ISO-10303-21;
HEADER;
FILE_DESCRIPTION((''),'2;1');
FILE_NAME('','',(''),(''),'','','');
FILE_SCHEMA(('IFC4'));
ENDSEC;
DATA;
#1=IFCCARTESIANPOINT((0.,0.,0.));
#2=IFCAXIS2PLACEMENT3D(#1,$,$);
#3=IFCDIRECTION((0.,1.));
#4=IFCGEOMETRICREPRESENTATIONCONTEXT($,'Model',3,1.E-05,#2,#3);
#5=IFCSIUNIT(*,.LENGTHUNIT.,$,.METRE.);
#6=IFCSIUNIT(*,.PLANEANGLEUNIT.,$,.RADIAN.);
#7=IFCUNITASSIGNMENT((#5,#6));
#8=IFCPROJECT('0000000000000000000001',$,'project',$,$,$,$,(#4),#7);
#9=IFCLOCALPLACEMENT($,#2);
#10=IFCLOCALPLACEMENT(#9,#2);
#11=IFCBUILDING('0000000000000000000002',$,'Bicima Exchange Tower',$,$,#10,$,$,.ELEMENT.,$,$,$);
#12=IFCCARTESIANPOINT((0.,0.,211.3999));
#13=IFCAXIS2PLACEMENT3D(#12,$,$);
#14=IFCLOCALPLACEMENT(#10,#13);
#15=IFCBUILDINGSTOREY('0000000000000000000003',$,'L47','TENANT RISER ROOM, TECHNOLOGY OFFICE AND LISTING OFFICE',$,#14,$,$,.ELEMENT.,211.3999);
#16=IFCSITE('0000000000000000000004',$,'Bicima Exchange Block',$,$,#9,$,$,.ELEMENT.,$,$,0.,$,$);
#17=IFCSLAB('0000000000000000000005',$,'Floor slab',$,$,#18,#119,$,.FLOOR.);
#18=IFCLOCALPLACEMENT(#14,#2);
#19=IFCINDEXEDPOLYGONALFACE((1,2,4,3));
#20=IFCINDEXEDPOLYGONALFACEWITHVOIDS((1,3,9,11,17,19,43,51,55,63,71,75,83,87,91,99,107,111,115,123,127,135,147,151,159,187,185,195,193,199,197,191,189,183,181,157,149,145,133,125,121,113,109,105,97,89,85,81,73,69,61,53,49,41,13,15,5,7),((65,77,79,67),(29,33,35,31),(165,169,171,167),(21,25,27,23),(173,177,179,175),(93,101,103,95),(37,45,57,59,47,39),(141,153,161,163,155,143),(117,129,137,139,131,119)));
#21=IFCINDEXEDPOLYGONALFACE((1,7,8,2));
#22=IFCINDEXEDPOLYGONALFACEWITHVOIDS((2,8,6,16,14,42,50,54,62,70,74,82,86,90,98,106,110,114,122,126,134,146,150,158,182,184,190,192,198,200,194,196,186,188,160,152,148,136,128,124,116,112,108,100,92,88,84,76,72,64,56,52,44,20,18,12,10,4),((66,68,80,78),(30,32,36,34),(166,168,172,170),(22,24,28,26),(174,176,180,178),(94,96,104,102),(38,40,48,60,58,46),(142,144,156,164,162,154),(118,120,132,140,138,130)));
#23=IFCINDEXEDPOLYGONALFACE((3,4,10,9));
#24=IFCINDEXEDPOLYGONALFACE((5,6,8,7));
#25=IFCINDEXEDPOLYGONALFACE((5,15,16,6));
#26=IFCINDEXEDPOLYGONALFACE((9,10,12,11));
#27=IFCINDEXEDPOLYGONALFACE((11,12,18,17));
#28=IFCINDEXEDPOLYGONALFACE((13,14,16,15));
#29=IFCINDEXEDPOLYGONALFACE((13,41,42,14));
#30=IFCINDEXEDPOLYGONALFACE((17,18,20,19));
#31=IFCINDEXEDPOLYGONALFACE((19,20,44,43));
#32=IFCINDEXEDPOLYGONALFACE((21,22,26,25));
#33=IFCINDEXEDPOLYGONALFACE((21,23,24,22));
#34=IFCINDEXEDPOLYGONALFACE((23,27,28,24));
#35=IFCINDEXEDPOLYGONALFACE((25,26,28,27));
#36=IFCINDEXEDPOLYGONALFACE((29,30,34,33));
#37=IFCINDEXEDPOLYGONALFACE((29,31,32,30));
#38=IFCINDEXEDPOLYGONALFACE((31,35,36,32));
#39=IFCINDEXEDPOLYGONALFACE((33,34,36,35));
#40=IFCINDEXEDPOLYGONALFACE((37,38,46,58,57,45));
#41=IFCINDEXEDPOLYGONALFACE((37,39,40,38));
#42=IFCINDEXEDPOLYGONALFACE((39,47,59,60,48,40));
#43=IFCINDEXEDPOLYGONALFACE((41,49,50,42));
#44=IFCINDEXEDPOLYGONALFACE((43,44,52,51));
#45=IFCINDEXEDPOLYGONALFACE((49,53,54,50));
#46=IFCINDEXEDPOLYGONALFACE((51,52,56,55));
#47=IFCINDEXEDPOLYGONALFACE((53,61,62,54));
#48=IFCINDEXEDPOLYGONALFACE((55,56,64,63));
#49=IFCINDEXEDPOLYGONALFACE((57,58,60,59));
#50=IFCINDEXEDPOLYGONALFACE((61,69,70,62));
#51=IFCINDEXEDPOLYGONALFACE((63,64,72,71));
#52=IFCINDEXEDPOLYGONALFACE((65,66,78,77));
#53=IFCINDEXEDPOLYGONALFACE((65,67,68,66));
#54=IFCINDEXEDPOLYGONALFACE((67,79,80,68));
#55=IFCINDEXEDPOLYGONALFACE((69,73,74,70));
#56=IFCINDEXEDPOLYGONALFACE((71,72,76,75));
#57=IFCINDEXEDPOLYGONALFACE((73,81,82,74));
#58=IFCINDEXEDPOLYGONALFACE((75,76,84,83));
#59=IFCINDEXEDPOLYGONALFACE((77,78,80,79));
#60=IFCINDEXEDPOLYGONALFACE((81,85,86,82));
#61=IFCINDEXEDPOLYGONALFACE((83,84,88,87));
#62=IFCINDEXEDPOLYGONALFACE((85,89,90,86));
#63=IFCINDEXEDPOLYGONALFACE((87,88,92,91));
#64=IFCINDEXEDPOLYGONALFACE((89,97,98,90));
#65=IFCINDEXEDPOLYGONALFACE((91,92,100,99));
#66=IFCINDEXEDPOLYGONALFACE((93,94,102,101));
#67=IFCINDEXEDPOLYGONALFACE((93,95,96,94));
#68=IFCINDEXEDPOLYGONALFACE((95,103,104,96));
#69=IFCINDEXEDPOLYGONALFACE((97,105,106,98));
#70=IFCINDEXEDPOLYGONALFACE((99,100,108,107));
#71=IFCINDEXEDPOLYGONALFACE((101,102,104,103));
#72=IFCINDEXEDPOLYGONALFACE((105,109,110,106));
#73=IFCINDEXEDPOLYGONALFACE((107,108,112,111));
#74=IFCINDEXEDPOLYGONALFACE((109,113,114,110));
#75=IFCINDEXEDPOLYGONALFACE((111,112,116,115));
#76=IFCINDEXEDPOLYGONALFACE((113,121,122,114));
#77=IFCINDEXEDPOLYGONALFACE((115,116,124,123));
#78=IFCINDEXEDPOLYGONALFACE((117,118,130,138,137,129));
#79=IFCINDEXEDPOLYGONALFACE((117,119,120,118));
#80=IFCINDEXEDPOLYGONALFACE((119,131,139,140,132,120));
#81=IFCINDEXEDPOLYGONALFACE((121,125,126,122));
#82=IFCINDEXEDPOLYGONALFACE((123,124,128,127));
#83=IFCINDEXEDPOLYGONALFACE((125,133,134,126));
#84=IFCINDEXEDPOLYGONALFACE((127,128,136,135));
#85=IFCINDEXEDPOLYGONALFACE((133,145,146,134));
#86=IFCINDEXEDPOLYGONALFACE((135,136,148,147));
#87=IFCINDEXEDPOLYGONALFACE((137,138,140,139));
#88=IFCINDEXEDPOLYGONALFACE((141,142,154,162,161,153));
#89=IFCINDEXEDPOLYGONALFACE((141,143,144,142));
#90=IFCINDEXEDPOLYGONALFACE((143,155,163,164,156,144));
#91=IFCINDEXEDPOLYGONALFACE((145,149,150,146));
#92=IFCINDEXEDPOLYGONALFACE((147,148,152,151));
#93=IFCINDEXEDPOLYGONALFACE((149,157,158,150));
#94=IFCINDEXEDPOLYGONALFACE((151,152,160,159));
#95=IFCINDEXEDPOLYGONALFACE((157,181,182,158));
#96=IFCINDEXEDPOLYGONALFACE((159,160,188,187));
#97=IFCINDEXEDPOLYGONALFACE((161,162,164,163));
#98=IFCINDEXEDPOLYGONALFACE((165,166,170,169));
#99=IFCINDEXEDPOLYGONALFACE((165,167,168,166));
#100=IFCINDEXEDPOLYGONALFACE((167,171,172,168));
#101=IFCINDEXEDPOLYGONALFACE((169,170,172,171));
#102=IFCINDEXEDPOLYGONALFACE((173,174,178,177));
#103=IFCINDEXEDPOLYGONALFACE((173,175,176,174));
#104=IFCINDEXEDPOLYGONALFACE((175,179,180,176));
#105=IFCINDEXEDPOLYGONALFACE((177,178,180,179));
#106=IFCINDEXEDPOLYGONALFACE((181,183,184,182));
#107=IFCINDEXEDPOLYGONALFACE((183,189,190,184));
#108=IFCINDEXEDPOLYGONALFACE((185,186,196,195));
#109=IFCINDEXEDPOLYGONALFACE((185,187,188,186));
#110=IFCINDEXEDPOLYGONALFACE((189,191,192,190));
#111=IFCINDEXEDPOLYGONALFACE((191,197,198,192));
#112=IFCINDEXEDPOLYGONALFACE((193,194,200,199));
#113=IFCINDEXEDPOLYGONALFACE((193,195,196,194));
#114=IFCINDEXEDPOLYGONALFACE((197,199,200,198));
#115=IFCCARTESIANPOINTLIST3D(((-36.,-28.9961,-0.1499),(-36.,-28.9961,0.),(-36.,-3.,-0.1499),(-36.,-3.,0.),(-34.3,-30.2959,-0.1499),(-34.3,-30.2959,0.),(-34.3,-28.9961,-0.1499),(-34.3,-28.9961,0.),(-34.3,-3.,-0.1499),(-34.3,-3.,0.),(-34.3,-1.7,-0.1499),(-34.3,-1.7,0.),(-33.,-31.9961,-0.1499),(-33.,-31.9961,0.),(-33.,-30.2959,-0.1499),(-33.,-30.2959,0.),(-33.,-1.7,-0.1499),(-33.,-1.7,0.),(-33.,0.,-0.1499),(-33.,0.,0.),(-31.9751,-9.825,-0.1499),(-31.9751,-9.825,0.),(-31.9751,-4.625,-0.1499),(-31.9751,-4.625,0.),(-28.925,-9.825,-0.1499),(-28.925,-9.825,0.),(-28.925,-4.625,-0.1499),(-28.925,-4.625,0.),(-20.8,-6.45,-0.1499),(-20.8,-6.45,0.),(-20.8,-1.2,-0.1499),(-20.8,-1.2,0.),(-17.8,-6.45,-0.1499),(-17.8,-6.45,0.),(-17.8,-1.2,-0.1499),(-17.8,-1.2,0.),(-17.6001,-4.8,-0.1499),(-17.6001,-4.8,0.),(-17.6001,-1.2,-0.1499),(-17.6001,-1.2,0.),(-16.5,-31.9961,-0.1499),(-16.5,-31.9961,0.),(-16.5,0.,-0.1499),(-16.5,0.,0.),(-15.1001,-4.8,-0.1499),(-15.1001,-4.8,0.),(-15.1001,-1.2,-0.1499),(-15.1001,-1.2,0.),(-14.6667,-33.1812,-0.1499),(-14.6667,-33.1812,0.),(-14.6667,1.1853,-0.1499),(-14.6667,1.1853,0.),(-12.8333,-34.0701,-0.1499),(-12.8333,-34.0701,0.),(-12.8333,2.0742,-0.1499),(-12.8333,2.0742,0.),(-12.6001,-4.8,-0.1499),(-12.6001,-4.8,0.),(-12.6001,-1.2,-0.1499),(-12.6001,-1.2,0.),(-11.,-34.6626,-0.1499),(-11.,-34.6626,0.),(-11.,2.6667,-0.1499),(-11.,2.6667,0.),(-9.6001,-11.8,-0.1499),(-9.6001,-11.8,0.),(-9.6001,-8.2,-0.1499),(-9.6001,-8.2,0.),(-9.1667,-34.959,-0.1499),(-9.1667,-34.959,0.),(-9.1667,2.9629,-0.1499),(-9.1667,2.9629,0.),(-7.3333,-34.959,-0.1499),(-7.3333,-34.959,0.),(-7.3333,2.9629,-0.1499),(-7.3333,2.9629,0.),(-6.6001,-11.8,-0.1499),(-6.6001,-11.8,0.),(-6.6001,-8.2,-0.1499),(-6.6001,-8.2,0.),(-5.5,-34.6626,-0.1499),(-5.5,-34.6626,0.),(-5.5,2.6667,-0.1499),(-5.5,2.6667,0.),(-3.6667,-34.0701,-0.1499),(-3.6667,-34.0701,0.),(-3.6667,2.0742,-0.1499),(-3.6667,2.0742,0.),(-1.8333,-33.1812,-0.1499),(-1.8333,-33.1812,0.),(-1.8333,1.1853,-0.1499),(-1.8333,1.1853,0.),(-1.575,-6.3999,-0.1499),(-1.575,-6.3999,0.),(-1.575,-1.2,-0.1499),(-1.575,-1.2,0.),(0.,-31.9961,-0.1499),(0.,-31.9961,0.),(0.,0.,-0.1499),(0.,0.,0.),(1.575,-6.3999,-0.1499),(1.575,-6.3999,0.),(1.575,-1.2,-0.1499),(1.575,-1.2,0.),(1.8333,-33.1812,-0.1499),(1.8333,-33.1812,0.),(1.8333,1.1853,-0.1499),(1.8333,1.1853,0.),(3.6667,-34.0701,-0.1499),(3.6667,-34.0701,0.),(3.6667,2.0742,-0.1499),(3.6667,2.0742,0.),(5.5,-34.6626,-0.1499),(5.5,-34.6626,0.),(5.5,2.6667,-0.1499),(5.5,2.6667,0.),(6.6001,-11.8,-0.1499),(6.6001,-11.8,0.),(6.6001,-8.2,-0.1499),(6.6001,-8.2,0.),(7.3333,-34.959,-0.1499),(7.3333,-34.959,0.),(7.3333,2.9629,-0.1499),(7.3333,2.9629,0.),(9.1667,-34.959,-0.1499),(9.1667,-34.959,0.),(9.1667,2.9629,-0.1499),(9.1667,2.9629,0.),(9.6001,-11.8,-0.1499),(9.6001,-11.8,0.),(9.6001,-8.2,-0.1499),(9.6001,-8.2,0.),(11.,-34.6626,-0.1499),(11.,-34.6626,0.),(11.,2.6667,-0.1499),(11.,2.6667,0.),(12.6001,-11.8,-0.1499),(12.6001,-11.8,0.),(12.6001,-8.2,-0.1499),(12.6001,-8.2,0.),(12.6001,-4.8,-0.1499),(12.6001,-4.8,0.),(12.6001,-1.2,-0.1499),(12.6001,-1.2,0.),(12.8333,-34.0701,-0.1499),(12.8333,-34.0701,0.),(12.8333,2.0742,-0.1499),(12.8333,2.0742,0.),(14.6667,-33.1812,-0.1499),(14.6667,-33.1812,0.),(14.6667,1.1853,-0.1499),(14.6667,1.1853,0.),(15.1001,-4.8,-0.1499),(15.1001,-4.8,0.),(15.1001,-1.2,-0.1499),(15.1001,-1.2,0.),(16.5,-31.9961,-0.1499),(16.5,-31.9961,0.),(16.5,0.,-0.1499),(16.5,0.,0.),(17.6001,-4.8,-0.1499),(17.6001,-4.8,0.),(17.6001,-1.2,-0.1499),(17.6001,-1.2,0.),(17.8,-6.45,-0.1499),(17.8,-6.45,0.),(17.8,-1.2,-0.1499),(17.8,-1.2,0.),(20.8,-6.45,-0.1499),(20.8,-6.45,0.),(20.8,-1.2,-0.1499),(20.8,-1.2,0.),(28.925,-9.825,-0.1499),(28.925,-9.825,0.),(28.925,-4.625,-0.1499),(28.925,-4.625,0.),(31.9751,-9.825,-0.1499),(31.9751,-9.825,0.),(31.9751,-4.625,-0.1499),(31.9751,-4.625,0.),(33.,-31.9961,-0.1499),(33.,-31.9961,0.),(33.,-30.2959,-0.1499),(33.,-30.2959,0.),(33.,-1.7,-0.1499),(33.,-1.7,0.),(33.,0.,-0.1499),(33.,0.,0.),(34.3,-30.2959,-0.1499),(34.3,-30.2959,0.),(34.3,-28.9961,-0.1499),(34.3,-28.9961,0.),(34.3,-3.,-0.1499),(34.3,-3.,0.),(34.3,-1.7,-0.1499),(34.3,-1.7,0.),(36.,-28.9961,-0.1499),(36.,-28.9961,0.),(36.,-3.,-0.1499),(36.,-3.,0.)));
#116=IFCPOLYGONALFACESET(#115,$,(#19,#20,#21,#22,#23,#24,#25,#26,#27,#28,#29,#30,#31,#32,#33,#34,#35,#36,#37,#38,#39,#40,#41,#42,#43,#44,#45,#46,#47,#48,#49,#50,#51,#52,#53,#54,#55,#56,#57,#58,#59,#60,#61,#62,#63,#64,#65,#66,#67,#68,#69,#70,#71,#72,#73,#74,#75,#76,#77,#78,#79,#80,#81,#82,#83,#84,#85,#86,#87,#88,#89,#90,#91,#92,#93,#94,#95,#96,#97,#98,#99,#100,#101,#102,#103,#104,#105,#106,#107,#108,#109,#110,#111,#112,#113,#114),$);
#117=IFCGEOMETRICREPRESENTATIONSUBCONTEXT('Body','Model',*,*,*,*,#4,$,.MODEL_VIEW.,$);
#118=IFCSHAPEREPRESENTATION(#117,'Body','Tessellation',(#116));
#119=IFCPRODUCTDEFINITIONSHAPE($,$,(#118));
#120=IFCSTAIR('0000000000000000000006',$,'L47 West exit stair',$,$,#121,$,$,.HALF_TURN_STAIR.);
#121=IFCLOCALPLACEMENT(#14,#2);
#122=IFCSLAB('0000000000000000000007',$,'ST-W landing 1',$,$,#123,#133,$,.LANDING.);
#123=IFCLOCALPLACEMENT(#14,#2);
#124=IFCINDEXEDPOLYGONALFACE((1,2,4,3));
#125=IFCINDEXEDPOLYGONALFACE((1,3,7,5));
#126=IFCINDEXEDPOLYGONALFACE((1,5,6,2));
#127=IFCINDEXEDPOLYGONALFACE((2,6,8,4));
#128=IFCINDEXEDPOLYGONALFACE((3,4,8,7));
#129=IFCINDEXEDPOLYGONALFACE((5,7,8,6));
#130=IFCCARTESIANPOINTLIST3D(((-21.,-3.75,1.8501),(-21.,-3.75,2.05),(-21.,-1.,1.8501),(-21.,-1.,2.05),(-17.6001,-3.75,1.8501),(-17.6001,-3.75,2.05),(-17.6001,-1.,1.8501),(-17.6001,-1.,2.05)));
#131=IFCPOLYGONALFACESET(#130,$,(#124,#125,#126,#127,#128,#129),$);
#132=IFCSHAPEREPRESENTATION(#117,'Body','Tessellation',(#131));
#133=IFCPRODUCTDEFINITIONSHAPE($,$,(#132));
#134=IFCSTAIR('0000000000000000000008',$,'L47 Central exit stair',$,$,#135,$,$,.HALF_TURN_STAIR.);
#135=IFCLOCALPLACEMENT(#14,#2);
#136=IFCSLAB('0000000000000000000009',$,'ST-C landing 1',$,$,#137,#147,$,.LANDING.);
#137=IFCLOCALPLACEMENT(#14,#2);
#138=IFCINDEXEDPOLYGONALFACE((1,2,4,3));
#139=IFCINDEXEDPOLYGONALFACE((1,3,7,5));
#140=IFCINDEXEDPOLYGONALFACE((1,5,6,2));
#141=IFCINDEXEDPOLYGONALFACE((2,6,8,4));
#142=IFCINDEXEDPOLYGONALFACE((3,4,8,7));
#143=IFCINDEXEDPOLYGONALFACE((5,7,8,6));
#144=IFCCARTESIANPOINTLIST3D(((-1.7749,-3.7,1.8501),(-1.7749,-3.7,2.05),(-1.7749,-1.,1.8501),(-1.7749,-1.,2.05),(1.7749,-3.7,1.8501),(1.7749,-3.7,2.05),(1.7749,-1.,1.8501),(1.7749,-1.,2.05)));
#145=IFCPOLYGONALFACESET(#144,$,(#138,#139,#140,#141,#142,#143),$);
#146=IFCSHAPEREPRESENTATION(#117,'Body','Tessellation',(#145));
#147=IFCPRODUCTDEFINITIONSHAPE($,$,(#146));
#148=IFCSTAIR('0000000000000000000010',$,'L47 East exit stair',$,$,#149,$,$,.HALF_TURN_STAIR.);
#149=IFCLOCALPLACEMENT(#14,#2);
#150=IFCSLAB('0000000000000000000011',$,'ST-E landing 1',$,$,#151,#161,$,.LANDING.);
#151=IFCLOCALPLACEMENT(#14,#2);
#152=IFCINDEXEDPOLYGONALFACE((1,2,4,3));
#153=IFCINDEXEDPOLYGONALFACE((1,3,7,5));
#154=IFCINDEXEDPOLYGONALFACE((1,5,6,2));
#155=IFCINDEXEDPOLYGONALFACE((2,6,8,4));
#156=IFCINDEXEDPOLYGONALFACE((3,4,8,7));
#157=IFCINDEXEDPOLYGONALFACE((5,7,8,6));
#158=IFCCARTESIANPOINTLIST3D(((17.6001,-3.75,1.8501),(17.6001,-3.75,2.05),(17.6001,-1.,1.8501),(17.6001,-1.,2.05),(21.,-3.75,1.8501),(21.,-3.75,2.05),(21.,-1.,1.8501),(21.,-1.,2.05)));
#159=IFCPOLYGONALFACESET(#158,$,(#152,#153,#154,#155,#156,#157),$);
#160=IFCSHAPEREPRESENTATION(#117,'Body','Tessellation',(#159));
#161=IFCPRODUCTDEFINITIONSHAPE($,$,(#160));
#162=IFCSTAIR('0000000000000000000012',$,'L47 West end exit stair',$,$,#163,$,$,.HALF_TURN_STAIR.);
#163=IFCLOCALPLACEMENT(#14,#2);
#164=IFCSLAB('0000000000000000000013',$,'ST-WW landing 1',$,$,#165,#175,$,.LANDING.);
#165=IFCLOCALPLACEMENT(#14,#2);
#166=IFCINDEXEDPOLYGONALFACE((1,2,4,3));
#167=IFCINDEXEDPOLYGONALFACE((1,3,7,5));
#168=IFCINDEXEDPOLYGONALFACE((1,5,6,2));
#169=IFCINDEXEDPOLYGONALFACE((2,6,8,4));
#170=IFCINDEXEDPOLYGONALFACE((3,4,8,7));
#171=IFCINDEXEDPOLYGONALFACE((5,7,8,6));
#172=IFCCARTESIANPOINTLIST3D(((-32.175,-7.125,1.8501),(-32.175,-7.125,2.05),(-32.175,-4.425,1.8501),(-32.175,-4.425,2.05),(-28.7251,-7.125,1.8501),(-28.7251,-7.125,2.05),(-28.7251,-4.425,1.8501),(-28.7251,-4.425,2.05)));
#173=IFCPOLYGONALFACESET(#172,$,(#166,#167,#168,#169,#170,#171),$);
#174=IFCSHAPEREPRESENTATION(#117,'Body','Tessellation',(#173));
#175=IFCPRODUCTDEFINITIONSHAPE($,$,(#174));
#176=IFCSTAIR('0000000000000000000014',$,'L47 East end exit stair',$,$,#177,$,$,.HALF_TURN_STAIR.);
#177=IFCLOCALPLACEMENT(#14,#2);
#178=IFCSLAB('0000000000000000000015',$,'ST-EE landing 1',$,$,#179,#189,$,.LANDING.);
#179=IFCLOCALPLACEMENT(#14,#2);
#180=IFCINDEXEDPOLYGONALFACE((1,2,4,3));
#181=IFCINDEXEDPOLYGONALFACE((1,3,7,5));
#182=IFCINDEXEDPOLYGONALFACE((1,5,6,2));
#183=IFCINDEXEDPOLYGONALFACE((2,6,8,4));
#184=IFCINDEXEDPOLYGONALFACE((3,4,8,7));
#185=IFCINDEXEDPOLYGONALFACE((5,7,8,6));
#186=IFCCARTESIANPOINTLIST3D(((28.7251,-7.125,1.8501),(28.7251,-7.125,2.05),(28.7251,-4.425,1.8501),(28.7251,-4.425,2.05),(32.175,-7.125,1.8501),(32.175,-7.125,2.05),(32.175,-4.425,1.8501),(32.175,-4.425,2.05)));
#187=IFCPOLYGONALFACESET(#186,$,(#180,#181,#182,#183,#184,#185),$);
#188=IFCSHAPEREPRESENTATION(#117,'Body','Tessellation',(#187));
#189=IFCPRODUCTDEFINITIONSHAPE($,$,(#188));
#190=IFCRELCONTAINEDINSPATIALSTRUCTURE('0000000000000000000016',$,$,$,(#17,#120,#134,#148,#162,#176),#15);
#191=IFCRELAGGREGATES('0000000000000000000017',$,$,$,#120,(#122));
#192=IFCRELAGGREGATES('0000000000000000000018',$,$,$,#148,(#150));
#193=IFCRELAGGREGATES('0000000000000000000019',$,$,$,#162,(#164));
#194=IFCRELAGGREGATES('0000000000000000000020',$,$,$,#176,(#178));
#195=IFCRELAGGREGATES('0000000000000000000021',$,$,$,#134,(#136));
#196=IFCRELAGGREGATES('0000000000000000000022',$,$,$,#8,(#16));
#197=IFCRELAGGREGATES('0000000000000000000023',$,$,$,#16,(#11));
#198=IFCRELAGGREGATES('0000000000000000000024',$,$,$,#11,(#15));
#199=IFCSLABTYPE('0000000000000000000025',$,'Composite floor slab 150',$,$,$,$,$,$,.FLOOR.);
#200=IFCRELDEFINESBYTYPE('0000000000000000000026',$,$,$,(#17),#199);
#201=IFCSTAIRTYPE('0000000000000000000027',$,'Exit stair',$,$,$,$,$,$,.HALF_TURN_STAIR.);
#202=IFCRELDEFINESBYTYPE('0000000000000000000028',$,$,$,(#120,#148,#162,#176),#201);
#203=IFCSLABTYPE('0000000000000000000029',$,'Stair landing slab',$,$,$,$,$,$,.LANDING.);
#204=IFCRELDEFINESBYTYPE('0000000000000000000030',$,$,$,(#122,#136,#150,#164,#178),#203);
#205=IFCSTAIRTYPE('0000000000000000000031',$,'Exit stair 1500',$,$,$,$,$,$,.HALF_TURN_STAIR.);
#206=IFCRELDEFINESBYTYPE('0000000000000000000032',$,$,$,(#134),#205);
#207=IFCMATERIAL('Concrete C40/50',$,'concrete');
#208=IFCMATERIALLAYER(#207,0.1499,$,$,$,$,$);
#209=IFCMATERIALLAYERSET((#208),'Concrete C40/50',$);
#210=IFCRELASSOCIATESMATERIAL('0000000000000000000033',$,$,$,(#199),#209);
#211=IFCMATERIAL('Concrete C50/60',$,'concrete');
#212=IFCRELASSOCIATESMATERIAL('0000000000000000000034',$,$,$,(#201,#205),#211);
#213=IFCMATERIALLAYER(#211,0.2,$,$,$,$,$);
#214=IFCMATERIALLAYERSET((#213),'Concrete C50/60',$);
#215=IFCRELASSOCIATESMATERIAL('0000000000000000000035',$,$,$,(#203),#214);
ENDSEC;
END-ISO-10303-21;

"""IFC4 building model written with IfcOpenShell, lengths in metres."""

from ifc_helpers import new_model, si_unit, direction, frame, origin, place, context, subcontext, project, spatial, polyline, outline, extrude, material, layer, layer_set, type_object, element, aggregate, save


model = new_model("IFC4")

# Units and contexts
model_context = context("Model", 3, precision=1e-05, world=origin(), true_north=direction((0.0, 1.0)))
body_context = subcontext(model_context, "Body", "Model", "MODEL_VIEW")
ifc_project = project(units=[si_unit("LENGTHUNIT", "METRE"), si_unit("PLANEANGLEUNIT", "RADIAN")], contexts=[model_context])

# Site, building, storey
site_placement = place(None, origin())
site = spatial("IfcSite", under=ifc_project, at=site_placement, Name="Bicima Exchange Block", CompositionType="ELEMENT", RefElevation=0.0)
building_placement = place(site_placement, origin())
building = spatial("IfcBuilding", under=site, at=building_placement, Name="Bicima Exchange Tower", CompositionType="ELEMENT")
storey_placement = place(building_placement, frame((0.0, 0.0, 211.3999)))
storey = spatial("IfcBuildingStorey", under=building, at=storey_placement, Name="L47", Description="TENANT RISER ROOM, TECHNOLOGY OFFICE AND LISTING OFFICE", CompositionType="ELEMENT", Elevation=211.3999)

# Slab
ifc_material_1 = material(Name="Concrete C40/50", Category="concrete")
ifc_layer_1 = layer(ifc_material_1, 0.1499)
ifc_layer_set_1 = layer_set([ifc_layer_1], Name="Concrete C40/50")
slab_type_1 = type_object("IfcSlabType", Name="Composite floor slab 150", PredefinedType="FLOOR", material=ifc_layer_set_1)
slab_1_placement = place(storey_placement, frame((0.0, 0.0, -0.1499)))
element("IfcSlab", 1, at=slab_1_placement, inside=storey, type_object=slab_type_1, Name="Floor slab", PredefinedType="FLOOR", context=body_context, shape_type="SweptSolid", body=[
    extrude(outline(polyline([(-36.0, -28.9961), (-36.0, -3.0), (-34.3, -3.0), (-34.3, -1.7), (-33.0, -1.7), (-33.0, 0.0), (-16.5, 0.0), (-14.6667, 1.1853), (-12.8333, 2.0742), (-11.0, 2.6667), (-9.1667, 2.9629), (-7.3333, 2.9629), (-5.5, 2.6667), (-3.6667, 2.0742), (-1.8333, 1.1853), (0.0, 0.0), (1.8333, 1.1853), (3.6667, 2.0742), (5.5, 2.6667), (7.3333, 2.9629), (9.1667, 2.9629), (11.0, 2.6667), (12.8333, 2.0742), (14.6667, 1.1853), (16.5, 0.0), (33.0, 0.0), (33.0, -1.7), (34.3, -1.7), (34.3, -3.0), (36.0, -3.0), (36.0, -28.9961), (34.3, -28.9961), (34.3, -30.2959), (33.0, -30.2959), (33.0, -31.9961), (16.5, -31.9961), (14.6667, -33.1812), (12.8333, -34.0701), (11.0, -34.6626), (9.1667, -34.959), (7.3333, -34.959), (5.5, -34.6626), (3.6667, -34.0701), (1.8333, -33.1812), (0.0, -31.9961), (-1.8333, -33.1812), (-3.6667, -34.0701), (-5.5, -34.6626), (-7.3333, -34.959), (-9.1667, -34.959), (-11.0, -34.6626), (-12.8333, -34.0701), (-14.6667, -33.1812), (-16.5, -31.9961), (-33.0, -31.9961), (-33.0, -30.2959), (-34.3, -30.2959), (-34.3, -28.9961), (-36.0, -28.9961)]), holes=[polyline([(-6.6001, -11.8), (-6.6001, -8.2), (-9.6001, -8.2), (-9.6001, -11.8), (-6.6001, -11.8)]), polyline([(-31.9751, -9.825), (-28.925, -9.825), (-28.925, -4.625), (-31.9751, -4.625), (-31.9751, -9.825)]), polyline([(-20.8, -6.45), (-17.8, -6.45), (-17.8, -1.2), (-20.8, -1.2), (-20.8, -6.45)]), polyline([(1.575, -6.3999), (1.575, -1.2), (-1.575, -1.2), (-1.575, -6.3999), (1.575, -6.3999)]), polyline([(-12.6001, -4.8), (-12.6001, -1.2), (-15.1001, -1.2), (-17.6001, -1.2), (-17.6001, -4.8), (-15.1001, -4.8), (-12.6001, -4.8)]), polyline([(12.6001, -8.2), (9.6001, -8.2), (6.6001, -8.2), (6.6001, -11.8), (9.6001, -11.8), (12.6001, -11.8), (12.6001, -8.2)]), polyline([(28.925, -9.825), (31.9751, -9.825), (31.9751, -4.625), (28.925, -4.625), (28.925, -9.825)]), polyline([(20.8, -6.45), (20.8, -1.2), (17.8, -1.2), (17.8, -6.45), (20.8, -6.45)]), polyline([(17.6001, -4.8), (17.6001, -1.2), (15.1001, -1.2), (12.6001, -1.2), (12.6001, -4.8), (15.1001, -4.8), (17.6001, -4.8)])]), origin(), (0.0, 0.0, 1.0), 0.1499),
])

# Stairs, slabs
ifc_material_2 = material(Name="Concrete C50/60", Category="concrete")
stair_type_1 = type_object("IfcStairType", Name="Exit stair", PredefinedType="HALF_TURN_STAIR", material=ifc_material_2)
stair_1_placement = place(storey_placement, origin())
stair_1 = element("IfcStair", 2, at=stair_1_placement, inside=storey, type_object=stair_type_1, Name="L47 West exit stair", PredefinedType="HALF_TURN_STAIR")
ifc_layer_2 = layer(ifc_material_2, 0.2)
ifc_layer_set_2 = layer_set([ifc_layer_2], Name="Concrete C50/60")
slab_type_2 = type_object("IfcSlabType", Name="Stair landing slab", PredefinedType="LANDING", material=ifc_layer_set_2)
slab_2_placement = place(storey_placement, frame((0.0, 0.0, 1.8501)))
slab_2 = element("IfcSlab", 3, at=slab_2_placement, type_object=slab_type_2, Name="ST-W landing 1", PredefinedType="LANDING", context=body_context, shape_type="SweptSolid", body=[
    extrude(outline(polyline([(-17.6001, -3.75), (-17.6001, -1.0), (-21.0, -1.0), (-21.0, -3.75), (-17.6001, -3.75)])), origin(), (0.0, 0.0, 1.0), 0.2),
])
aggregate(stair_1, [slab_2])
stair_type_2 = type_object("IfcStairType", Name="Exit stair 1500", PredefinedType="HALF_TURN_STAIR", material=ifc_material_2)
stair_2_placement = place(storey_placement, origin())
stair_2 = element("IfcStair", 4, at=stair_2_placement, inside=storey, type_object=stair_type_2, Name="L47 Central exit stair", PredefinedType="HALF_TURN_STAIR")
slab_3_placement = place(storey_placement, frame((0.0, 0.0, 1.8501)))
slab_3 = element("IfcSlab", 5, at=slab_3_placement, type_object=slab_type_2, Name="ST-C landing 1", PredefinedType="LANDING", context=body_context, shape_type="SweptSolid", body=[
    extrude(outline(polyline([(1.7749, -3.7), (1.7749, -1.0), (-1.7749, -1.0), (-1.7749, -3.7), (1.7749, -3.7)])), origin(), (0.0, 0.0, 1.0), 0.2),
])
stair_3_placement = place(storey_placement, origin())
stair_3 = element("IfcStair", 6, at=stair_3_placement, inside=storey, type_object=stair_type_1, Name="L47 East exit stair", PredefinedType="HALF_TURN_STAIR")
slab_4_placement = place(storey_placement, frame((0.0, 0.0, 1.8501)))
slab_4 = element("IfcSlab", 7, at=slab_4_placement, type_object=slab_type_2, Name="ST-E landing 1", PredefinedType="LANDING", context=body_context, shape_type="SweptSolid", body=[
    extrude(outline(polyline([(21.0, -3.75), (21.0, -1.0), (17.6001, -1.0), (17.6001, -3.75), (21.0, -3.75)])), origin(), (0.0, 0.0, 1.0), 0.2),
])
aggregate(stair_3, [slab_4])
stair_4_placement = place(storey_placement, origin())
stair_4 = element("IfcStair", 8, at=stair_4_placement, inside=storey, type_object=stair_type_1, Name="L47 West end exit stair", PredefinedType="HALF_TURN_STAIR")
slab_5_placement = place(storey_placement, frame((0.0, 0.0, 1.8501)))
slab_5 = element("IfcSlab", 9, at=slab_5_placement, type_object=slab_type_2, Name="ST-WW landing 1", PredefinedType="LANDING", context=body_context, shape_type="SweptSolid", body=[
    extrude(outline(polyline([(-28.7251, -7.125), (-28.7251, -4.425), (-32.175, -4.425), (-32.175, -7.125), (-28.7251, -7.125)])), origin(), (0.0, 0.0, 1.0), 0.2),
])
aggregate(stair_4, [slab_5])
stair_5_placement = place(storey_placement, origin())
stair_5 = element("IfcStair", 10, at=stair_5_placement, inside=storey, type_object=stair_type_1, Name="L47 East end exit stair", PredefinedType="HALF_TURN_STAIR")
slab_6_placement = place(storey_placement, frame((0.0, 0.0, 1.8501)))
slab_6 = element("IfcSlab", 11, at=slab_6_placement, type_object=slab_type_2, Name="ST-EE landing 1", PredefinedType="LANDING", context=body_context, shape_type="SweptSolid", body=[
    extrude(outline(polyline([(32.175, -7.125), (32.175, -4.425), (28.7251, -4.425), (28.7251, -7.125), (32.175, -7.125)])), origin(), (0.0, 0.0, 1.0), 0.2),
])
aggregate(stair_5, [slab_6])

aggregate(stair_2, [slab_3])

save(model, "model.ifc")
